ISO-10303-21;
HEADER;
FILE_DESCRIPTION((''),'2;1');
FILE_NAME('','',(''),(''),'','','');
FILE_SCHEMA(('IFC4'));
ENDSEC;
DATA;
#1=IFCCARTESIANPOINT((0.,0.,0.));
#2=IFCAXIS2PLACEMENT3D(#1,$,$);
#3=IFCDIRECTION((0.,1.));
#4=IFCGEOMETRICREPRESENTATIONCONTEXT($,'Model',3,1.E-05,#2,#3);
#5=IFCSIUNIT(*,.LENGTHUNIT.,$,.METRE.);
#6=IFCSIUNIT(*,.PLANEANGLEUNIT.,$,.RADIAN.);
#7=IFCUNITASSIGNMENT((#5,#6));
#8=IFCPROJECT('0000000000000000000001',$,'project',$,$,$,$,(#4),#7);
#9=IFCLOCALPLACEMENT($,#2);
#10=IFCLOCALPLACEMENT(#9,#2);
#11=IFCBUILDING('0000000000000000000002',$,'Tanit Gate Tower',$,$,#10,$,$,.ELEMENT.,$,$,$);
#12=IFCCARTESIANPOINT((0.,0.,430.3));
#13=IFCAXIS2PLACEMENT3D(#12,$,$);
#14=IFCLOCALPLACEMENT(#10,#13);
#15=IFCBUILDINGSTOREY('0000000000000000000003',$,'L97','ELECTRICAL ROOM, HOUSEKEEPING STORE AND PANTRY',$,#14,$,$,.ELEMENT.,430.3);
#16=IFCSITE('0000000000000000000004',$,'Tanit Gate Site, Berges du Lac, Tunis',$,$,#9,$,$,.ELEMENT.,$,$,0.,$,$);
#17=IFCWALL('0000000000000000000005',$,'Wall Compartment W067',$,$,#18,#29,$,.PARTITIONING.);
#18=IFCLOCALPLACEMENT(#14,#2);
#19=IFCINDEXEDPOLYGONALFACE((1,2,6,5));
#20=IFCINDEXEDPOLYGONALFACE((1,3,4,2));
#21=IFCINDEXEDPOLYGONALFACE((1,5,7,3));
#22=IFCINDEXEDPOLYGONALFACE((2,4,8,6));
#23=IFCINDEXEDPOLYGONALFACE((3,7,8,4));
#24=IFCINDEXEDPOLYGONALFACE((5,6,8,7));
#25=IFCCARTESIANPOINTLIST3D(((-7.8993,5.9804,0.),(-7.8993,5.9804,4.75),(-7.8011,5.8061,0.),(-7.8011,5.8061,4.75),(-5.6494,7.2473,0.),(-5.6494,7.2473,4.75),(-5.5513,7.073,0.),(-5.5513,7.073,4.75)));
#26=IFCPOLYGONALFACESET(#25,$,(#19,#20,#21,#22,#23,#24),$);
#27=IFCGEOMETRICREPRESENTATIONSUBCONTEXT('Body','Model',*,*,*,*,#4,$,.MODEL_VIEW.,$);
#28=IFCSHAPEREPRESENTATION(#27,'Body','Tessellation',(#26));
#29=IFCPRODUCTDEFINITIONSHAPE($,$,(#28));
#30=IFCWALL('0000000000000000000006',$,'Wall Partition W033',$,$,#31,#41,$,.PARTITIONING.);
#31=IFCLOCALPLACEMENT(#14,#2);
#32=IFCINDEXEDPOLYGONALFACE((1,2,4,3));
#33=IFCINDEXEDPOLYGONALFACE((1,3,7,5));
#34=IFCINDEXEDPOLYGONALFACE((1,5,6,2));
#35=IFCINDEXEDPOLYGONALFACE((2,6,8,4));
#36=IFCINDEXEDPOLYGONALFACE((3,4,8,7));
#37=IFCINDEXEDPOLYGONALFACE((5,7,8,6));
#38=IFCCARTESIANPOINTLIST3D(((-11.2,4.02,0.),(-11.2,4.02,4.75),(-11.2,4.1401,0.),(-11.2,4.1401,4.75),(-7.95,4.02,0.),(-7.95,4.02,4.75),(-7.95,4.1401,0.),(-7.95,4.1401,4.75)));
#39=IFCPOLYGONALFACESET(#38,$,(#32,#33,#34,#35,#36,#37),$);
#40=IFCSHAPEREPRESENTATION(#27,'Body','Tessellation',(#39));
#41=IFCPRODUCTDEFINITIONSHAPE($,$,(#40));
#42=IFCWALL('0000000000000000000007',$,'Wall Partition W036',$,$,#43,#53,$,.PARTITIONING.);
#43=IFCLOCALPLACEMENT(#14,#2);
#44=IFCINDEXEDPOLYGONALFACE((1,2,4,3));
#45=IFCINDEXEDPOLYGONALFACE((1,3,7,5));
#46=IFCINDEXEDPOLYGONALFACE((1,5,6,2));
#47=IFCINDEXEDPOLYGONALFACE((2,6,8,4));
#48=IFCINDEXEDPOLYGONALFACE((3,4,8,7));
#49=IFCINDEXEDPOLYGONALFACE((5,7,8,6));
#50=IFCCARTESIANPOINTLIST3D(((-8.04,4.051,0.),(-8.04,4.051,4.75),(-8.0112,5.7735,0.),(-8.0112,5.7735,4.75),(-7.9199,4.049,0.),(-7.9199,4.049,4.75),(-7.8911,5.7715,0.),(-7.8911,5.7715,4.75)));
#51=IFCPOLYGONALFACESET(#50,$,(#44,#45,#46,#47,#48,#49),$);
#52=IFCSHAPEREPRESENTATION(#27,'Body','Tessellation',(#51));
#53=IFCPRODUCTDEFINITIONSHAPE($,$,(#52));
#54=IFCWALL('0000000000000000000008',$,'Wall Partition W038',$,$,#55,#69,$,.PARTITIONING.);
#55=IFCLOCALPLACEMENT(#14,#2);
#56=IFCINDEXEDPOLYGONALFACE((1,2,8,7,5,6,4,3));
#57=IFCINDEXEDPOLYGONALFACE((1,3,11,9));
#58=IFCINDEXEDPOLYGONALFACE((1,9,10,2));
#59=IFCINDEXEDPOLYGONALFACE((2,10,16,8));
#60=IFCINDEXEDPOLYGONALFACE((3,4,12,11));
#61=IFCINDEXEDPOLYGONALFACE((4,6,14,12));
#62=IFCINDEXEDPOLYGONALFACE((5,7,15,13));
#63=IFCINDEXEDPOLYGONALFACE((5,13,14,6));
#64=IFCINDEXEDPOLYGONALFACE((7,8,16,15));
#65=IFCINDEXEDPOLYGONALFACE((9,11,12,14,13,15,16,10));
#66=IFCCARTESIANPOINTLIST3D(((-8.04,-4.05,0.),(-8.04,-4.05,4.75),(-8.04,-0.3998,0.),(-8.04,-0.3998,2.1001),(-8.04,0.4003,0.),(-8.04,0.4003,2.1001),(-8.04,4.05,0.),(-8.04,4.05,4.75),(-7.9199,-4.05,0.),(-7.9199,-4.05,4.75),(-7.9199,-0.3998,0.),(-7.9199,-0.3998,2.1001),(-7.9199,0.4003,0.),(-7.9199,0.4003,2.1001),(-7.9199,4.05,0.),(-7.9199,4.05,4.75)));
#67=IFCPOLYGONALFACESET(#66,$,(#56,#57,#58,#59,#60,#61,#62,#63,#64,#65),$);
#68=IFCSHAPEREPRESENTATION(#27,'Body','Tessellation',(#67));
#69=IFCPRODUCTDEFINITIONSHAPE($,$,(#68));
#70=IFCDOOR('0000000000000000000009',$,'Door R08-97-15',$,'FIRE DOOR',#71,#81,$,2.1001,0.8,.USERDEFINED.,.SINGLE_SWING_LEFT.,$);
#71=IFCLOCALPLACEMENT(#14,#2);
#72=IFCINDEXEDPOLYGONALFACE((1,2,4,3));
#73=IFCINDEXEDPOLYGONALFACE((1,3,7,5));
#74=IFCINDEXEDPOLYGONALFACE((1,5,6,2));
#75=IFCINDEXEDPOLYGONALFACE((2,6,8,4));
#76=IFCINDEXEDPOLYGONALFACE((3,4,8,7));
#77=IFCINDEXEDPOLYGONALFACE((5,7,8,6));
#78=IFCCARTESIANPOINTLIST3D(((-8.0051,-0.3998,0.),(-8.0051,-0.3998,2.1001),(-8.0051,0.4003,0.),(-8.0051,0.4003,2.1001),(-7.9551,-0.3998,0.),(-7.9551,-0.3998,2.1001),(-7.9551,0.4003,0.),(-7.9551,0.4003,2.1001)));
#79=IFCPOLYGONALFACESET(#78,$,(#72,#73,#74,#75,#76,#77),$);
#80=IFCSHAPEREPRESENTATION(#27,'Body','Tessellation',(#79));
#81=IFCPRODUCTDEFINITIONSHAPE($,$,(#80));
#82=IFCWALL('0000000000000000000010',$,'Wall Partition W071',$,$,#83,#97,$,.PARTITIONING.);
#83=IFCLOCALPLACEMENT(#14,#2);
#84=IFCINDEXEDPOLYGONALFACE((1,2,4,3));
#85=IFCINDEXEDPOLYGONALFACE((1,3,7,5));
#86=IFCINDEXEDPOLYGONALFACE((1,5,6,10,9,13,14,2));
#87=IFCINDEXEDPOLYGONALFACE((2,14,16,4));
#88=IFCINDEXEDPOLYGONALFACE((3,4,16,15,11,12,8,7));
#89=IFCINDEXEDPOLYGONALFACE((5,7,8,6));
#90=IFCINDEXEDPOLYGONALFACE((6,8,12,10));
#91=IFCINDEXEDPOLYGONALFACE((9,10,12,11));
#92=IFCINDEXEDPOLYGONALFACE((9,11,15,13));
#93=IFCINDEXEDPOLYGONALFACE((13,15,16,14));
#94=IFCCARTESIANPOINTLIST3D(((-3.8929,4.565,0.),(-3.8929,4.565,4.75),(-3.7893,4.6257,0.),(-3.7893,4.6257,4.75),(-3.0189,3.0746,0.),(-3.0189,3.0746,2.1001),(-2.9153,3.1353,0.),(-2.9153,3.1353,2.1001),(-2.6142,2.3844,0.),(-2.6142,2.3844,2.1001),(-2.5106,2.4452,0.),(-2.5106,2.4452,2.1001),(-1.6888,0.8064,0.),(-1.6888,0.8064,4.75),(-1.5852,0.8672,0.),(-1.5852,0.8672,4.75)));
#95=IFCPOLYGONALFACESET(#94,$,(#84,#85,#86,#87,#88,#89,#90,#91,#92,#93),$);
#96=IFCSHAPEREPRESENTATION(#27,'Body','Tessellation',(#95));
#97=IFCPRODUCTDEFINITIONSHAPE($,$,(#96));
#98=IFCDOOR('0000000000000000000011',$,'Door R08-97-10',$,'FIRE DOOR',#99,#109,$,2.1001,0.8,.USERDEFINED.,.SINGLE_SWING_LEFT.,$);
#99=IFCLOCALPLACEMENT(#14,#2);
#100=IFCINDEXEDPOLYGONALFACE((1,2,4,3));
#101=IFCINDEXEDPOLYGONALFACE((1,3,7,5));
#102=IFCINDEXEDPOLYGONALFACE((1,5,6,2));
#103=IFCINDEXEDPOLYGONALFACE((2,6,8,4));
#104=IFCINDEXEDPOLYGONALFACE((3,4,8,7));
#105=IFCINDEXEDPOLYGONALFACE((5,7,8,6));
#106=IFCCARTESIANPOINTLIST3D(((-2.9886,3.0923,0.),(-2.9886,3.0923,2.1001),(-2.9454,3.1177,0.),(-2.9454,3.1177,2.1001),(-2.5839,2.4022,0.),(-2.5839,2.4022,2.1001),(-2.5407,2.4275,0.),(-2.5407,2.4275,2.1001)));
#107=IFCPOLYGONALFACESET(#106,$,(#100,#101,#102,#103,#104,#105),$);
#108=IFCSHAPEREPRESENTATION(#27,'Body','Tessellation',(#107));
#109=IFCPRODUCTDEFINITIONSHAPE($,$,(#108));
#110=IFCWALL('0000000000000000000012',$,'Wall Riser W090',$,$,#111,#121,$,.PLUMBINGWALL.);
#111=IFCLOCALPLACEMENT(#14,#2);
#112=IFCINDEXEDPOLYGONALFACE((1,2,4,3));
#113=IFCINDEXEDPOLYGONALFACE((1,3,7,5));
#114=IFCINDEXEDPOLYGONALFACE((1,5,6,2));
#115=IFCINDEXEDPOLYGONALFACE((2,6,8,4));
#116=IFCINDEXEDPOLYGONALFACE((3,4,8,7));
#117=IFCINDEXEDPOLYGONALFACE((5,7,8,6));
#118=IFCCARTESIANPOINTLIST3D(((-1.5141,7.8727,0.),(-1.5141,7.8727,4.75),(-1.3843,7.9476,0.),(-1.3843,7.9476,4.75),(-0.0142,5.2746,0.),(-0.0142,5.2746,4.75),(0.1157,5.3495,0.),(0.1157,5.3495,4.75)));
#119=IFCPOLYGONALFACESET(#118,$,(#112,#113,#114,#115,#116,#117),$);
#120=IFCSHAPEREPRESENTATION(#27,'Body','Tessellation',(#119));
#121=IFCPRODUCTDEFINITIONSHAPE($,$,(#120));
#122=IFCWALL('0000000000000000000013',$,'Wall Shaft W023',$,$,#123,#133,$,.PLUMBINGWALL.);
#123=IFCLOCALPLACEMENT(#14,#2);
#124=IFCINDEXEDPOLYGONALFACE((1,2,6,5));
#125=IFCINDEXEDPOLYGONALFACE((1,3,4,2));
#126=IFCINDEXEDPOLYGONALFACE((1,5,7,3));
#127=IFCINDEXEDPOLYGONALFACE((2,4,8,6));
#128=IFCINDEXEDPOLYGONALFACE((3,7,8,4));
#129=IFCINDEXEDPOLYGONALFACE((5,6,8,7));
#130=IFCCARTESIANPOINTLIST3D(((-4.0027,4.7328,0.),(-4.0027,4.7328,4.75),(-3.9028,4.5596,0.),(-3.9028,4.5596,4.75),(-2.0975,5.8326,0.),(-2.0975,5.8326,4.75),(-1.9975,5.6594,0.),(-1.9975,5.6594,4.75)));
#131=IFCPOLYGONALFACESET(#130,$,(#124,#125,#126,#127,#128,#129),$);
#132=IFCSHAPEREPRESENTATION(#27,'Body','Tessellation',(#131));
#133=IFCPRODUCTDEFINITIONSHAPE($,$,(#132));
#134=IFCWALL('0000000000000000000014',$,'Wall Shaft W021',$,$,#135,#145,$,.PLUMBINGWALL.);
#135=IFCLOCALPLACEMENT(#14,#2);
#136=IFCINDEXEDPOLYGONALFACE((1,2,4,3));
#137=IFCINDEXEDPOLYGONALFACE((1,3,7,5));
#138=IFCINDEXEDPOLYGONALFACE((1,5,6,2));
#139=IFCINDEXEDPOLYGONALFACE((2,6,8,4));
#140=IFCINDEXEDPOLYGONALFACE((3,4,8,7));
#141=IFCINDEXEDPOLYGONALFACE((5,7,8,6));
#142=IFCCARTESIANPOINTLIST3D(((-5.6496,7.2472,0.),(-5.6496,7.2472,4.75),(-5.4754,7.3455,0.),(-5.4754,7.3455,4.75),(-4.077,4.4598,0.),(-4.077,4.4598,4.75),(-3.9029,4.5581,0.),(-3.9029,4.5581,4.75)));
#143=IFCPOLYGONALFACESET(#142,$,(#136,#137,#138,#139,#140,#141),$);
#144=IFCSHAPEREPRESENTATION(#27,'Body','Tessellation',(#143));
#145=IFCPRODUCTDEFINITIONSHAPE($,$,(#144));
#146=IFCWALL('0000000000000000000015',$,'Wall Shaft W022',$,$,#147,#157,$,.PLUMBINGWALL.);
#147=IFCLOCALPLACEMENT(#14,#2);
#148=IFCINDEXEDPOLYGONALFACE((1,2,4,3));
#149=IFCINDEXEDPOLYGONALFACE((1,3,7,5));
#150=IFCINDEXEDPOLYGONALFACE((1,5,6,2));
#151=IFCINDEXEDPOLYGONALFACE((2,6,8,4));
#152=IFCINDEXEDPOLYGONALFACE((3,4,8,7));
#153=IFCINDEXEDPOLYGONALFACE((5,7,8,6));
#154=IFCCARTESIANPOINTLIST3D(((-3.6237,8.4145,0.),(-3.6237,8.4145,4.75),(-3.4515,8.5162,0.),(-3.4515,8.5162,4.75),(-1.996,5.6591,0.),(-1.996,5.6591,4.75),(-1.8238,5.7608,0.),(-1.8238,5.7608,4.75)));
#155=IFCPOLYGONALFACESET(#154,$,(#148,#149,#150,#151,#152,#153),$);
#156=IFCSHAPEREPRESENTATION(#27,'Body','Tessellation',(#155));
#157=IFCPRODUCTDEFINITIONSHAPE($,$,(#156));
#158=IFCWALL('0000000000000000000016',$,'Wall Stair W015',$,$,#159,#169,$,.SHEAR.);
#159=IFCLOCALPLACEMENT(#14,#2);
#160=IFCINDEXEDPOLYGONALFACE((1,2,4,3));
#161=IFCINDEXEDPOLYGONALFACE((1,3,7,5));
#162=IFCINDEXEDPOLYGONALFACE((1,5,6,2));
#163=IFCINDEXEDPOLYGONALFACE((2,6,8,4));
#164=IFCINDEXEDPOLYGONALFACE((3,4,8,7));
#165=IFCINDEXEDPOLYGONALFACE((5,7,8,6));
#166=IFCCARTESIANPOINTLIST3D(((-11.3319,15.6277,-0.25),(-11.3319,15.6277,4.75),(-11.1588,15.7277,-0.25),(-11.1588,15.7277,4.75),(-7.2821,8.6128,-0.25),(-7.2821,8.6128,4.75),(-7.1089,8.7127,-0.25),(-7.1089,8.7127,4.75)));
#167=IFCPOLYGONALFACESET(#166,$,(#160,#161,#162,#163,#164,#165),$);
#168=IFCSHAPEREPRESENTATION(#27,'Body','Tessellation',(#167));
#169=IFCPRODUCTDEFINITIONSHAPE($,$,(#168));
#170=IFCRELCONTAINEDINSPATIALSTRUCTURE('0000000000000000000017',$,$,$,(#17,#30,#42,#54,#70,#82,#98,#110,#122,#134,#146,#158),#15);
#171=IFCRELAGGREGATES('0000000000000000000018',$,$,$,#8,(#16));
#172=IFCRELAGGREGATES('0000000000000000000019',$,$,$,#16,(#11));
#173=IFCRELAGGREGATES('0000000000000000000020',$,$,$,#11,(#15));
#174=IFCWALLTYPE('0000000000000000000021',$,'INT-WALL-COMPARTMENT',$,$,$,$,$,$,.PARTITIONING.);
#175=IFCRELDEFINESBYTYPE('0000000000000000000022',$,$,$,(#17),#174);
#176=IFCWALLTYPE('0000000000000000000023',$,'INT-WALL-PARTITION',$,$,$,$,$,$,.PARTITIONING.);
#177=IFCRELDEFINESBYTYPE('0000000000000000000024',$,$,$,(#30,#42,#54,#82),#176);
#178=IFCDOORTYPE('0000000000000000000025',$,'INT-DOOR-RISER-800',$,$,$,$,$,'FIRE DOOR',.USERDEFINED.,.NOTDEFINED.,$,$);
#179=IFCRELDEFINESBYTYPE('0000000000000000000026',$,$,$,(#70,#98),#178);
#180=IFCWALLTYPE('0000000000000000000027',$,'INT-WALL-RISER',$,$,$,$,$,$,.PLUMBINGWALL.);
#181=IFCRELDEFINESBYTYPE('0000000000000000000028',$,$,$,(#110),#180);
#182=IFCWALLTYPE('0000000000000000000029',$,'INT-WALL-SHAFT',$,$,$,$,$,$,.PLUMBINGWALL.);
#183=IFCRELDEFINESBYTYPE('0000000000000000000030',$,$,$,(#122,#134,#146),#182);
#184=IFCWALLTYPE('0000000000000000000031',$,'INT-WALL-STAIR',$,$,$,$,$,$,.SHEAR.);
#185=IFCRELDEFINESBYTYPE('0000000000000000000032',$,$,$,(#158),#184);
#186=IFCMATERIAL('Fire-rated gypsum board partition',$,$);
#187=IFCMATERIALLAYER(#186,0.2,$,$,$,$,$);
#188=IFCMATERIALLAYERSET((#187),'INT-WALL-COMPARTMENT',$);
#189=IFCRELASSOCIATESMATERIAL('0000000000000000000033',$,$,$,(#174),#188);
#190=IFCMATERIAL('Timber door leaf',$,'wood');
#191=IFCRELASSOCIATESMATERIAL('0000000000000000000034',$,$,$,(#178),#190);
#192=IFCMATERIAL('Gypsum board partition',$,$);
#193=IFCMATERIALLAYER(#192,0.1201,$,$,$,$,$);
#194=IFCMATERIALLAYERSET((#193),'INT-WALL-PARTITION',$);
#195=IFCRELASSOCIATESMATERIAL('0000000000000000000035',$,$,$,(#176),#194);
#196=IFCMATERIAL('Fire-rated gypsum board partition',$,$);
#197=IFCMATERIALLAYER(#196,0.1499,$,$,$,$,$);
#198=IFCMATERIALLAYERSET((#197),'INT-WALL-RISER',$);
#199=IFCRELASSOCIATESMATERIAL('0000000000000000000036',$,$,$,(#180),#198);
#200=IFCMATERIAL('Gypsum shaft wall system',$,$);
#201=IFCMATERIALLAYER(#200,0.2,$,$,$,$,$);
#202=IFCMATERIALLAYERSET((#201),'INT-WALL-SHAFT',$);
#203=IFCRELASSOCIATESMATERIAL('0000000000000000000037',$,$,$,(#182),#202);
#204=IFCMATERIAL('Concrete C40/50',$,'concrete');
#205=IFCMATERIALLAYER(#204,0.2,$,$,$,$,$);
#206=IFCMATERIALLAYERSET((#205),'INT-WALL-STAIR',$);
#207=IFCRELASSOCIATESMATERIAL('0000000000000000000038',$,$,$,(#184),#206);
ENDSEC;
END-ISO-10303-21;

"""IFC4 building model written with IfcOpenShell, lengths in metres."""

from ifc_helpers import new_model, si_unit, direction, frame, frame_2d, origin, place, context, subcontext, project, spatial, rectangle, extrude, material, layer, layer_set, type_object, element, fill, save


model = new_model("IFC4")

# Units and contexts
model_context = context("Model", 3, precision=1e-05, world=origin(), true_north=direction((0.0, 1.0)))
body_context = subcontext(model_context, "Body", "Model", "MODEL_VIEW")
ifc_project = project(units=[si_unit("LENGTHUNIT", "METRE"), si_unit("PLANEANGLEUNIT", "RADIAN")], contexts=[model_context])

# Site, building, storey
site_placement = place(None, origin())
site = spatial("IfcSite", under=ifc_project, at=site_placement, Name="Tanit Gate Site, Berges du Lac, Tunis", CompositionType="ELEMENT", RefElevation=0.0)
building_placement = place(site_placement, origin())
building = spatial("IfcBuilding", under=site, at=building_placement, Name="Tanit Gate Tower", CompositionType="ELEMENT")
storey_placement = place(building_placement, frame((0.0, 0.0, 430.3)))
storey = spatial("IfcBuildingStorey", under=building, at=storey_placement, Name="L97", Description="ELECTRICAL ROOM, HOUSEKEEPING STORE AND PANTRY", CompositionType="ELEMENT", Elevation=430.3)

# Shared definitions
ifc_material_1 = material(Name="Fire-rated gypsum board partition")
ifc_layer_1 = layer(ifc_material_1, 0.2)
ifc_layer_set_1 = layer_set([ifc_layer_1], Name="INT-WALL-COMPARTMENT")
wall_type_1 = type_object("IfcWallType", Name="INT-WALL-COMPARTMENT", PredefinedType="PARTITIONING", material=ifc_layer_set_1)

# Shared definitions
ifc_material_2 = material(Name="Timber door leaf", Category="wood")
door_type_1 = type_object("IfcDoorType", Name="INT-DOOR-RISER-800", ElementType="FIRE DOOR", OperationType="NOTDEFINED", PredefinedType="USERDEFINED", material=ifc_material_2)

# Walls
wall_1_placement = place(storey_placement, frame((-5.6003, 7.1602, 0.0), z_axis=(0.0, 0.0, 1.0), x_axis=(-0.871351, -0.490661, 0.0)))
element("IfcWall", 1, at=wall_1_placement, inside=storey, type_object=wall_type_1, Name="Wall Compartment W067", PredefinedType="PARTITIONING", context=body_context, shape_type="SweptSolid", body=[
    extrude(rectangle(XDim=2.582, YDim=0.2, at=frame_2d((1.291, 0.0))), origin(), (0.0, 0.0, 1.0), 4.75),
])
ifc_material_3 = material(Name="Gypsum board partition")
ifc_layer_2 = layer(ifc_material_3, 0.1201)
ifc_layer_set_2 = layer_set([ifc_layer_2], Name="INT-WALL-PARTITION")
wall_type_2 = type_object("IfcWallType", Name="INT-WALL-PARTITION", PredefinedType="PARTITIONING", material=ifc_layer_set_2)
wall_2_placement = place(storey_placement, frame((-7.95, 4.0801, 0.0), z_axis=(0.0, 0.0, 1.0), x_axis=(-1.0, 0.0, 0.0)))
element("IfcWall", 2, at=wall_2_placement, inside=storey, type_object=wall_type_2, Name="Wall Partition W033", PredefinedType="PARTITIONING", context=body_context, shape_type="SweptSolid", body=[
    extrude(rectangle(XDim=3.25, YDim=0.1201, at=frame_2d((1.625, 0.0))), origin(), (0.0, 0.0, 1.0), 4.75),
])
wall_3_placement = place(storey_placement, frame((-7.9512, 5.7725, 0.0), z_axis=(0.0, 0.0, 1.0), x_axis=(-0.016723, -0.99986, 0.0)))
element("IfcWall", 3, at=wall_3_placement, inside=storey, type_object=wall_type_2, Name="Wall Partition W036", PredefinedType="PARTITIONING", context=body_context, shape_type="SweptSolid", body=[
    extrude(rectangle(XDim=1.7227, YDim=0.1201, at=frame_2d((0.8613, 0.0))), origin(), (0.0, 0.0, 1.0), 4.75),
])

# Walls, openings, doors
wall_4_placement = place(storey_placement, frame((-7.98, 4.05, 0.0), z_axis=(0.0, 0.0, 1.0), x_axis=(0.0, -1.0, 0.0)))
wall_4 = element("IfcWall", 4, at=wall_4_placement, inside=storey, type_object=wall_type_2, Name="Wall Partition W038", PredefinedType="PARTITIONING", context=body_context, shape_type="SweptSolid", body=[
    extrude(rectangle(XDim=8.1001, YDim=0.1201, at=frame_2d((4.05, 0.0))), origin(), (0.0, 0.0, 1.0), 4.75),
])
opening_1_placement = place(wall_4_placement, frame((3.6499, 0.0, 0.0)))
opening_1 = element("IfcOpeningElement", 5, at=opening_1_placement, cuts=wall_4, PredefinedType="OPENING", context=body_context, shape_type="SweptSolid", body=[
    extrude(rectangle(XDim=0.8, YDim=2.1001, at=frame_2d((0.3999, 1.05))), frame((0.0, 0.0701, 0.0), z_axis=(0.0, -1.0, 0.0), x_axis=(1.0, 0.0, 0.0)), (0.0, 0.0, 1.0), 0.1401),
])
door_1_placement = place(opening_1_placement, origin())
door_1 = element("IfcDoor", 6, at=door_1_placement, inside=storey, type_object=door_type_1, Name="Door R08-97-15", ObjectType="FIRE DOOR", OperationType="SINGLE_SWING_LEFT", OverallHeight=2.1001, OverallWidth=0.8, PredefinedType="USERDEFINED", context=body_context, shape_type="SweptSolid", body=[
    extrude(rectangle(XDim=0.8, YDim=2.1001, at=frame_2d((0.3999, 1.05))), frame((0.0, 0.0249, 0.0), z_axis=(0.0, -1.0, 0.0), x_axis=(1.0, 0.0, 0.0)), (0.0, 0.0, 1.0), 0.05),
])
fill(opening_1, door_1)
wall_5_placement = place(storey_placement, frame((-1.637, 0.8367, 0.0), z_axis=(0.0, 0.0, 1.0), x_axis=(-0.505859, 0.862616, 0.0)))
wall_5 = element("IfcWall", 7, at=wall_5_placement, inside=storey, type_object=wall_type_2, Name="Wall Partition W071", PredefinedType="PARTITIONING", context=body_context, shape_type="SweptSolid", body=[
    extrude(rectangle(XDim=4.3572, YDim=0.1201, at=frame_2d((2.1787, 0.0))), origin(), (0.0, 0.0, 1.0), 4.75),
])
opening_2_placement = place(wall_5_placement, frame((1.8296, 0.0, 0.0)))
opening_2 = element("IfcOpeningElement", 8, at=opening_2_placement, cuts=wall_5, PredefinedType="OPENING", context=body_context, shape_type="SweptSolid", body=[
    extrude(rectangle(XDim=0.8, YDim=2.1001, at=frame_2d((0.3999, 1.05))), frame((0.0, 0.0701, 0.0), z_axis=(0.0, -1.0, 0.0), x_axis=(1.0, 0.0, 0.0)), (0.0, 0.0, 1.0), 0.1401),
])
door_2_placement = place(opening_2_placement, origin())
door_2 = element("IfcDoor", 9, at=door_2_placement, inside=storey, type_object=door_type_1, Name="Door R08-97-10", ObjectType="FIRE DOOR", OperationType="SINGLE_SWING_LEFT", OverallHeight=2.1001, OverallWidth=0.8, PredefinedType="USERDEFINED", context=body_context, shape_type="SweptSolid", body=[
    extrude(rectangle(XDim=0.8, YDim=2.1001, at=frame_2d((0.3999, 1.05))), frame((0.0, 0.0249, 0.0), z_axis=(0.0, -1.0, 0.0), x_axis=(1.0, 0.0, 0.0)), (0.0, 0.0, 1.0), 0.05),
])
fill(opening_2, door_2)

# Wall
ifc_material_4 = material(Name="Fire-rated gypsum board partition")
ifc_layer_3 = layer(ifc_material_4, 0.1499)
ifc_layer_set_3 = layer_set([ifc_layer_3], Name="INT-WALL-RISER")
wall_type_3 = type_object("IfcWallType", Name="INT-WALL-RISER", PredefinedType="PLUMBINGWALL", material=ifc_layer_set_3)
wall_6_placement = place(storey_placement, frame((-1.4492, 7.9102, 0.0), z_axis=(0.0, 0.0, 1.0), x_axis=(0.49999, -0.866031, 0.0)))
element("IfcWall", 10, at=wall_6_placement, inside=storey, type_object=wall_type_3, Name="Wall Riser W090", PredefinedType="PLUMBINGWALL", context=body_context, shape_type="SweptSolid", body=[
    extrude(rectangle(XDim=3.0, YDim=0.1499, at=frame_2d((1.5, 0.0))), origin(), (0.0, 0.0, 1.0), 4.75),
])

# Shared definitions
ifc_material_5 = material(Name="Gypsum shaft wall system")
ifc_layer_4 = layer(ifc_material_5, 0.2)
ifc_layer_set_4 = layer_set([ifc_layer_4], Name="INT-WALL-SHAFT")
wall_type_4 = type_object("IfcWallType", Name="INT-WALL-SHAFT", PredefinedType="PLUMBINGWALL", material=ifc_layer_set_4)

# Walls
wall_7_placement = place(storey_placement, frame((-2.0474, 5.7461, 0.0), z_axis=(0.0, 0.0, 1.0), x_axis=(-0.866056, -0.499947, 0.0)))
element("IfcWall", 11, at=wall_7_placement, inside=storey, type_object=wall_type_4, Name="Wall Shaft W023", PredefinedType="PLUMBINGWALL", context=body_context, shape_type="SweptSolid", body=[
    extrude(rectangle(XDim=2.2, YDim=0.2, at=frame_2d((1.1001, 0.0))), origin(), (0.0, 0.0, 1.0), 4.75),
])
wall_8_placement = place(storey_placement, frame((-3.99, 4.509, 0.0), z_axis=(0.0, 0.0, 1.0), x_axis=(-0.491358, 0.870958, 0.0)))
element("IfcWall", 12, at=wall_8_placement, inside=storey, type_object=wall_type_4, Name="Wall Shaft W021", PredefinedType="PLUMBINGWALL", context=body_context, shape_type="SweptSolid", body=[
    extrude(rectangle(XDim=3.2004, YDim=0.2, at=frame_2d((1.6001, 0.0))), origin(), (0.0, 0.0, 1.0), 4.75),
])
wall_9_placement = place(storey_placement, frame((-3.5376, 8.4653, 0.0), z_axis=(0.0, 0.0, 1.0), x_axis=(0.508616, -0.860993, 0.0)))
element("IfcWall", 13, at=wall_9_placement, inside=storey, type_object=wall_type_4, Name="Wall Shaft W022", PredefinedType="PLUMBINGWALL", context=body_context, shape_type="SweptSolid", body=[
    extrude(rectangle(XDim=3.2002, YDim=0.2, at=frame_2d((1.6001, 0.0))), origin(), (0.0, 0.0, 1.0), 4.75),
])
ifc_material_6 = material(Name="Concrete C40/50", Category="concrete")
ifc_layer_5 = layer(ifc_material_6, 0.2)
ifc_layer_set_5 = layer_set([ifc_layer_5], Name="INT-WALL-STAIR")
wall_type_5 = type_object("IfcWallType", Name="INT-WALL-STAIR", PredefinedType="SHEAR", material=ifc_layer_set_5)
wall_10_placement = place(storey_placement, frame((-11.2454, 15.6777, -0.25), z_axis=(0.0, 0.0, 1.0), x_axis=(0.499977, -0.866039, 0.0)))
element("IfcWall", 14, at=wall_10_placement, inside=storey, type_object=wall_type_5, Name="Wall Stair W015", PredefinedType="SHEAR", context=body_context, shape_type="SweptSolid", body=[
    extrude(rectangle(XDim=8.1001, YDim=0.2, at=frame_2d((4.05, 0.0))), origin(), (0.0, 0.0, 1.0), 5.0),
])

save(model, "model.ifc")
